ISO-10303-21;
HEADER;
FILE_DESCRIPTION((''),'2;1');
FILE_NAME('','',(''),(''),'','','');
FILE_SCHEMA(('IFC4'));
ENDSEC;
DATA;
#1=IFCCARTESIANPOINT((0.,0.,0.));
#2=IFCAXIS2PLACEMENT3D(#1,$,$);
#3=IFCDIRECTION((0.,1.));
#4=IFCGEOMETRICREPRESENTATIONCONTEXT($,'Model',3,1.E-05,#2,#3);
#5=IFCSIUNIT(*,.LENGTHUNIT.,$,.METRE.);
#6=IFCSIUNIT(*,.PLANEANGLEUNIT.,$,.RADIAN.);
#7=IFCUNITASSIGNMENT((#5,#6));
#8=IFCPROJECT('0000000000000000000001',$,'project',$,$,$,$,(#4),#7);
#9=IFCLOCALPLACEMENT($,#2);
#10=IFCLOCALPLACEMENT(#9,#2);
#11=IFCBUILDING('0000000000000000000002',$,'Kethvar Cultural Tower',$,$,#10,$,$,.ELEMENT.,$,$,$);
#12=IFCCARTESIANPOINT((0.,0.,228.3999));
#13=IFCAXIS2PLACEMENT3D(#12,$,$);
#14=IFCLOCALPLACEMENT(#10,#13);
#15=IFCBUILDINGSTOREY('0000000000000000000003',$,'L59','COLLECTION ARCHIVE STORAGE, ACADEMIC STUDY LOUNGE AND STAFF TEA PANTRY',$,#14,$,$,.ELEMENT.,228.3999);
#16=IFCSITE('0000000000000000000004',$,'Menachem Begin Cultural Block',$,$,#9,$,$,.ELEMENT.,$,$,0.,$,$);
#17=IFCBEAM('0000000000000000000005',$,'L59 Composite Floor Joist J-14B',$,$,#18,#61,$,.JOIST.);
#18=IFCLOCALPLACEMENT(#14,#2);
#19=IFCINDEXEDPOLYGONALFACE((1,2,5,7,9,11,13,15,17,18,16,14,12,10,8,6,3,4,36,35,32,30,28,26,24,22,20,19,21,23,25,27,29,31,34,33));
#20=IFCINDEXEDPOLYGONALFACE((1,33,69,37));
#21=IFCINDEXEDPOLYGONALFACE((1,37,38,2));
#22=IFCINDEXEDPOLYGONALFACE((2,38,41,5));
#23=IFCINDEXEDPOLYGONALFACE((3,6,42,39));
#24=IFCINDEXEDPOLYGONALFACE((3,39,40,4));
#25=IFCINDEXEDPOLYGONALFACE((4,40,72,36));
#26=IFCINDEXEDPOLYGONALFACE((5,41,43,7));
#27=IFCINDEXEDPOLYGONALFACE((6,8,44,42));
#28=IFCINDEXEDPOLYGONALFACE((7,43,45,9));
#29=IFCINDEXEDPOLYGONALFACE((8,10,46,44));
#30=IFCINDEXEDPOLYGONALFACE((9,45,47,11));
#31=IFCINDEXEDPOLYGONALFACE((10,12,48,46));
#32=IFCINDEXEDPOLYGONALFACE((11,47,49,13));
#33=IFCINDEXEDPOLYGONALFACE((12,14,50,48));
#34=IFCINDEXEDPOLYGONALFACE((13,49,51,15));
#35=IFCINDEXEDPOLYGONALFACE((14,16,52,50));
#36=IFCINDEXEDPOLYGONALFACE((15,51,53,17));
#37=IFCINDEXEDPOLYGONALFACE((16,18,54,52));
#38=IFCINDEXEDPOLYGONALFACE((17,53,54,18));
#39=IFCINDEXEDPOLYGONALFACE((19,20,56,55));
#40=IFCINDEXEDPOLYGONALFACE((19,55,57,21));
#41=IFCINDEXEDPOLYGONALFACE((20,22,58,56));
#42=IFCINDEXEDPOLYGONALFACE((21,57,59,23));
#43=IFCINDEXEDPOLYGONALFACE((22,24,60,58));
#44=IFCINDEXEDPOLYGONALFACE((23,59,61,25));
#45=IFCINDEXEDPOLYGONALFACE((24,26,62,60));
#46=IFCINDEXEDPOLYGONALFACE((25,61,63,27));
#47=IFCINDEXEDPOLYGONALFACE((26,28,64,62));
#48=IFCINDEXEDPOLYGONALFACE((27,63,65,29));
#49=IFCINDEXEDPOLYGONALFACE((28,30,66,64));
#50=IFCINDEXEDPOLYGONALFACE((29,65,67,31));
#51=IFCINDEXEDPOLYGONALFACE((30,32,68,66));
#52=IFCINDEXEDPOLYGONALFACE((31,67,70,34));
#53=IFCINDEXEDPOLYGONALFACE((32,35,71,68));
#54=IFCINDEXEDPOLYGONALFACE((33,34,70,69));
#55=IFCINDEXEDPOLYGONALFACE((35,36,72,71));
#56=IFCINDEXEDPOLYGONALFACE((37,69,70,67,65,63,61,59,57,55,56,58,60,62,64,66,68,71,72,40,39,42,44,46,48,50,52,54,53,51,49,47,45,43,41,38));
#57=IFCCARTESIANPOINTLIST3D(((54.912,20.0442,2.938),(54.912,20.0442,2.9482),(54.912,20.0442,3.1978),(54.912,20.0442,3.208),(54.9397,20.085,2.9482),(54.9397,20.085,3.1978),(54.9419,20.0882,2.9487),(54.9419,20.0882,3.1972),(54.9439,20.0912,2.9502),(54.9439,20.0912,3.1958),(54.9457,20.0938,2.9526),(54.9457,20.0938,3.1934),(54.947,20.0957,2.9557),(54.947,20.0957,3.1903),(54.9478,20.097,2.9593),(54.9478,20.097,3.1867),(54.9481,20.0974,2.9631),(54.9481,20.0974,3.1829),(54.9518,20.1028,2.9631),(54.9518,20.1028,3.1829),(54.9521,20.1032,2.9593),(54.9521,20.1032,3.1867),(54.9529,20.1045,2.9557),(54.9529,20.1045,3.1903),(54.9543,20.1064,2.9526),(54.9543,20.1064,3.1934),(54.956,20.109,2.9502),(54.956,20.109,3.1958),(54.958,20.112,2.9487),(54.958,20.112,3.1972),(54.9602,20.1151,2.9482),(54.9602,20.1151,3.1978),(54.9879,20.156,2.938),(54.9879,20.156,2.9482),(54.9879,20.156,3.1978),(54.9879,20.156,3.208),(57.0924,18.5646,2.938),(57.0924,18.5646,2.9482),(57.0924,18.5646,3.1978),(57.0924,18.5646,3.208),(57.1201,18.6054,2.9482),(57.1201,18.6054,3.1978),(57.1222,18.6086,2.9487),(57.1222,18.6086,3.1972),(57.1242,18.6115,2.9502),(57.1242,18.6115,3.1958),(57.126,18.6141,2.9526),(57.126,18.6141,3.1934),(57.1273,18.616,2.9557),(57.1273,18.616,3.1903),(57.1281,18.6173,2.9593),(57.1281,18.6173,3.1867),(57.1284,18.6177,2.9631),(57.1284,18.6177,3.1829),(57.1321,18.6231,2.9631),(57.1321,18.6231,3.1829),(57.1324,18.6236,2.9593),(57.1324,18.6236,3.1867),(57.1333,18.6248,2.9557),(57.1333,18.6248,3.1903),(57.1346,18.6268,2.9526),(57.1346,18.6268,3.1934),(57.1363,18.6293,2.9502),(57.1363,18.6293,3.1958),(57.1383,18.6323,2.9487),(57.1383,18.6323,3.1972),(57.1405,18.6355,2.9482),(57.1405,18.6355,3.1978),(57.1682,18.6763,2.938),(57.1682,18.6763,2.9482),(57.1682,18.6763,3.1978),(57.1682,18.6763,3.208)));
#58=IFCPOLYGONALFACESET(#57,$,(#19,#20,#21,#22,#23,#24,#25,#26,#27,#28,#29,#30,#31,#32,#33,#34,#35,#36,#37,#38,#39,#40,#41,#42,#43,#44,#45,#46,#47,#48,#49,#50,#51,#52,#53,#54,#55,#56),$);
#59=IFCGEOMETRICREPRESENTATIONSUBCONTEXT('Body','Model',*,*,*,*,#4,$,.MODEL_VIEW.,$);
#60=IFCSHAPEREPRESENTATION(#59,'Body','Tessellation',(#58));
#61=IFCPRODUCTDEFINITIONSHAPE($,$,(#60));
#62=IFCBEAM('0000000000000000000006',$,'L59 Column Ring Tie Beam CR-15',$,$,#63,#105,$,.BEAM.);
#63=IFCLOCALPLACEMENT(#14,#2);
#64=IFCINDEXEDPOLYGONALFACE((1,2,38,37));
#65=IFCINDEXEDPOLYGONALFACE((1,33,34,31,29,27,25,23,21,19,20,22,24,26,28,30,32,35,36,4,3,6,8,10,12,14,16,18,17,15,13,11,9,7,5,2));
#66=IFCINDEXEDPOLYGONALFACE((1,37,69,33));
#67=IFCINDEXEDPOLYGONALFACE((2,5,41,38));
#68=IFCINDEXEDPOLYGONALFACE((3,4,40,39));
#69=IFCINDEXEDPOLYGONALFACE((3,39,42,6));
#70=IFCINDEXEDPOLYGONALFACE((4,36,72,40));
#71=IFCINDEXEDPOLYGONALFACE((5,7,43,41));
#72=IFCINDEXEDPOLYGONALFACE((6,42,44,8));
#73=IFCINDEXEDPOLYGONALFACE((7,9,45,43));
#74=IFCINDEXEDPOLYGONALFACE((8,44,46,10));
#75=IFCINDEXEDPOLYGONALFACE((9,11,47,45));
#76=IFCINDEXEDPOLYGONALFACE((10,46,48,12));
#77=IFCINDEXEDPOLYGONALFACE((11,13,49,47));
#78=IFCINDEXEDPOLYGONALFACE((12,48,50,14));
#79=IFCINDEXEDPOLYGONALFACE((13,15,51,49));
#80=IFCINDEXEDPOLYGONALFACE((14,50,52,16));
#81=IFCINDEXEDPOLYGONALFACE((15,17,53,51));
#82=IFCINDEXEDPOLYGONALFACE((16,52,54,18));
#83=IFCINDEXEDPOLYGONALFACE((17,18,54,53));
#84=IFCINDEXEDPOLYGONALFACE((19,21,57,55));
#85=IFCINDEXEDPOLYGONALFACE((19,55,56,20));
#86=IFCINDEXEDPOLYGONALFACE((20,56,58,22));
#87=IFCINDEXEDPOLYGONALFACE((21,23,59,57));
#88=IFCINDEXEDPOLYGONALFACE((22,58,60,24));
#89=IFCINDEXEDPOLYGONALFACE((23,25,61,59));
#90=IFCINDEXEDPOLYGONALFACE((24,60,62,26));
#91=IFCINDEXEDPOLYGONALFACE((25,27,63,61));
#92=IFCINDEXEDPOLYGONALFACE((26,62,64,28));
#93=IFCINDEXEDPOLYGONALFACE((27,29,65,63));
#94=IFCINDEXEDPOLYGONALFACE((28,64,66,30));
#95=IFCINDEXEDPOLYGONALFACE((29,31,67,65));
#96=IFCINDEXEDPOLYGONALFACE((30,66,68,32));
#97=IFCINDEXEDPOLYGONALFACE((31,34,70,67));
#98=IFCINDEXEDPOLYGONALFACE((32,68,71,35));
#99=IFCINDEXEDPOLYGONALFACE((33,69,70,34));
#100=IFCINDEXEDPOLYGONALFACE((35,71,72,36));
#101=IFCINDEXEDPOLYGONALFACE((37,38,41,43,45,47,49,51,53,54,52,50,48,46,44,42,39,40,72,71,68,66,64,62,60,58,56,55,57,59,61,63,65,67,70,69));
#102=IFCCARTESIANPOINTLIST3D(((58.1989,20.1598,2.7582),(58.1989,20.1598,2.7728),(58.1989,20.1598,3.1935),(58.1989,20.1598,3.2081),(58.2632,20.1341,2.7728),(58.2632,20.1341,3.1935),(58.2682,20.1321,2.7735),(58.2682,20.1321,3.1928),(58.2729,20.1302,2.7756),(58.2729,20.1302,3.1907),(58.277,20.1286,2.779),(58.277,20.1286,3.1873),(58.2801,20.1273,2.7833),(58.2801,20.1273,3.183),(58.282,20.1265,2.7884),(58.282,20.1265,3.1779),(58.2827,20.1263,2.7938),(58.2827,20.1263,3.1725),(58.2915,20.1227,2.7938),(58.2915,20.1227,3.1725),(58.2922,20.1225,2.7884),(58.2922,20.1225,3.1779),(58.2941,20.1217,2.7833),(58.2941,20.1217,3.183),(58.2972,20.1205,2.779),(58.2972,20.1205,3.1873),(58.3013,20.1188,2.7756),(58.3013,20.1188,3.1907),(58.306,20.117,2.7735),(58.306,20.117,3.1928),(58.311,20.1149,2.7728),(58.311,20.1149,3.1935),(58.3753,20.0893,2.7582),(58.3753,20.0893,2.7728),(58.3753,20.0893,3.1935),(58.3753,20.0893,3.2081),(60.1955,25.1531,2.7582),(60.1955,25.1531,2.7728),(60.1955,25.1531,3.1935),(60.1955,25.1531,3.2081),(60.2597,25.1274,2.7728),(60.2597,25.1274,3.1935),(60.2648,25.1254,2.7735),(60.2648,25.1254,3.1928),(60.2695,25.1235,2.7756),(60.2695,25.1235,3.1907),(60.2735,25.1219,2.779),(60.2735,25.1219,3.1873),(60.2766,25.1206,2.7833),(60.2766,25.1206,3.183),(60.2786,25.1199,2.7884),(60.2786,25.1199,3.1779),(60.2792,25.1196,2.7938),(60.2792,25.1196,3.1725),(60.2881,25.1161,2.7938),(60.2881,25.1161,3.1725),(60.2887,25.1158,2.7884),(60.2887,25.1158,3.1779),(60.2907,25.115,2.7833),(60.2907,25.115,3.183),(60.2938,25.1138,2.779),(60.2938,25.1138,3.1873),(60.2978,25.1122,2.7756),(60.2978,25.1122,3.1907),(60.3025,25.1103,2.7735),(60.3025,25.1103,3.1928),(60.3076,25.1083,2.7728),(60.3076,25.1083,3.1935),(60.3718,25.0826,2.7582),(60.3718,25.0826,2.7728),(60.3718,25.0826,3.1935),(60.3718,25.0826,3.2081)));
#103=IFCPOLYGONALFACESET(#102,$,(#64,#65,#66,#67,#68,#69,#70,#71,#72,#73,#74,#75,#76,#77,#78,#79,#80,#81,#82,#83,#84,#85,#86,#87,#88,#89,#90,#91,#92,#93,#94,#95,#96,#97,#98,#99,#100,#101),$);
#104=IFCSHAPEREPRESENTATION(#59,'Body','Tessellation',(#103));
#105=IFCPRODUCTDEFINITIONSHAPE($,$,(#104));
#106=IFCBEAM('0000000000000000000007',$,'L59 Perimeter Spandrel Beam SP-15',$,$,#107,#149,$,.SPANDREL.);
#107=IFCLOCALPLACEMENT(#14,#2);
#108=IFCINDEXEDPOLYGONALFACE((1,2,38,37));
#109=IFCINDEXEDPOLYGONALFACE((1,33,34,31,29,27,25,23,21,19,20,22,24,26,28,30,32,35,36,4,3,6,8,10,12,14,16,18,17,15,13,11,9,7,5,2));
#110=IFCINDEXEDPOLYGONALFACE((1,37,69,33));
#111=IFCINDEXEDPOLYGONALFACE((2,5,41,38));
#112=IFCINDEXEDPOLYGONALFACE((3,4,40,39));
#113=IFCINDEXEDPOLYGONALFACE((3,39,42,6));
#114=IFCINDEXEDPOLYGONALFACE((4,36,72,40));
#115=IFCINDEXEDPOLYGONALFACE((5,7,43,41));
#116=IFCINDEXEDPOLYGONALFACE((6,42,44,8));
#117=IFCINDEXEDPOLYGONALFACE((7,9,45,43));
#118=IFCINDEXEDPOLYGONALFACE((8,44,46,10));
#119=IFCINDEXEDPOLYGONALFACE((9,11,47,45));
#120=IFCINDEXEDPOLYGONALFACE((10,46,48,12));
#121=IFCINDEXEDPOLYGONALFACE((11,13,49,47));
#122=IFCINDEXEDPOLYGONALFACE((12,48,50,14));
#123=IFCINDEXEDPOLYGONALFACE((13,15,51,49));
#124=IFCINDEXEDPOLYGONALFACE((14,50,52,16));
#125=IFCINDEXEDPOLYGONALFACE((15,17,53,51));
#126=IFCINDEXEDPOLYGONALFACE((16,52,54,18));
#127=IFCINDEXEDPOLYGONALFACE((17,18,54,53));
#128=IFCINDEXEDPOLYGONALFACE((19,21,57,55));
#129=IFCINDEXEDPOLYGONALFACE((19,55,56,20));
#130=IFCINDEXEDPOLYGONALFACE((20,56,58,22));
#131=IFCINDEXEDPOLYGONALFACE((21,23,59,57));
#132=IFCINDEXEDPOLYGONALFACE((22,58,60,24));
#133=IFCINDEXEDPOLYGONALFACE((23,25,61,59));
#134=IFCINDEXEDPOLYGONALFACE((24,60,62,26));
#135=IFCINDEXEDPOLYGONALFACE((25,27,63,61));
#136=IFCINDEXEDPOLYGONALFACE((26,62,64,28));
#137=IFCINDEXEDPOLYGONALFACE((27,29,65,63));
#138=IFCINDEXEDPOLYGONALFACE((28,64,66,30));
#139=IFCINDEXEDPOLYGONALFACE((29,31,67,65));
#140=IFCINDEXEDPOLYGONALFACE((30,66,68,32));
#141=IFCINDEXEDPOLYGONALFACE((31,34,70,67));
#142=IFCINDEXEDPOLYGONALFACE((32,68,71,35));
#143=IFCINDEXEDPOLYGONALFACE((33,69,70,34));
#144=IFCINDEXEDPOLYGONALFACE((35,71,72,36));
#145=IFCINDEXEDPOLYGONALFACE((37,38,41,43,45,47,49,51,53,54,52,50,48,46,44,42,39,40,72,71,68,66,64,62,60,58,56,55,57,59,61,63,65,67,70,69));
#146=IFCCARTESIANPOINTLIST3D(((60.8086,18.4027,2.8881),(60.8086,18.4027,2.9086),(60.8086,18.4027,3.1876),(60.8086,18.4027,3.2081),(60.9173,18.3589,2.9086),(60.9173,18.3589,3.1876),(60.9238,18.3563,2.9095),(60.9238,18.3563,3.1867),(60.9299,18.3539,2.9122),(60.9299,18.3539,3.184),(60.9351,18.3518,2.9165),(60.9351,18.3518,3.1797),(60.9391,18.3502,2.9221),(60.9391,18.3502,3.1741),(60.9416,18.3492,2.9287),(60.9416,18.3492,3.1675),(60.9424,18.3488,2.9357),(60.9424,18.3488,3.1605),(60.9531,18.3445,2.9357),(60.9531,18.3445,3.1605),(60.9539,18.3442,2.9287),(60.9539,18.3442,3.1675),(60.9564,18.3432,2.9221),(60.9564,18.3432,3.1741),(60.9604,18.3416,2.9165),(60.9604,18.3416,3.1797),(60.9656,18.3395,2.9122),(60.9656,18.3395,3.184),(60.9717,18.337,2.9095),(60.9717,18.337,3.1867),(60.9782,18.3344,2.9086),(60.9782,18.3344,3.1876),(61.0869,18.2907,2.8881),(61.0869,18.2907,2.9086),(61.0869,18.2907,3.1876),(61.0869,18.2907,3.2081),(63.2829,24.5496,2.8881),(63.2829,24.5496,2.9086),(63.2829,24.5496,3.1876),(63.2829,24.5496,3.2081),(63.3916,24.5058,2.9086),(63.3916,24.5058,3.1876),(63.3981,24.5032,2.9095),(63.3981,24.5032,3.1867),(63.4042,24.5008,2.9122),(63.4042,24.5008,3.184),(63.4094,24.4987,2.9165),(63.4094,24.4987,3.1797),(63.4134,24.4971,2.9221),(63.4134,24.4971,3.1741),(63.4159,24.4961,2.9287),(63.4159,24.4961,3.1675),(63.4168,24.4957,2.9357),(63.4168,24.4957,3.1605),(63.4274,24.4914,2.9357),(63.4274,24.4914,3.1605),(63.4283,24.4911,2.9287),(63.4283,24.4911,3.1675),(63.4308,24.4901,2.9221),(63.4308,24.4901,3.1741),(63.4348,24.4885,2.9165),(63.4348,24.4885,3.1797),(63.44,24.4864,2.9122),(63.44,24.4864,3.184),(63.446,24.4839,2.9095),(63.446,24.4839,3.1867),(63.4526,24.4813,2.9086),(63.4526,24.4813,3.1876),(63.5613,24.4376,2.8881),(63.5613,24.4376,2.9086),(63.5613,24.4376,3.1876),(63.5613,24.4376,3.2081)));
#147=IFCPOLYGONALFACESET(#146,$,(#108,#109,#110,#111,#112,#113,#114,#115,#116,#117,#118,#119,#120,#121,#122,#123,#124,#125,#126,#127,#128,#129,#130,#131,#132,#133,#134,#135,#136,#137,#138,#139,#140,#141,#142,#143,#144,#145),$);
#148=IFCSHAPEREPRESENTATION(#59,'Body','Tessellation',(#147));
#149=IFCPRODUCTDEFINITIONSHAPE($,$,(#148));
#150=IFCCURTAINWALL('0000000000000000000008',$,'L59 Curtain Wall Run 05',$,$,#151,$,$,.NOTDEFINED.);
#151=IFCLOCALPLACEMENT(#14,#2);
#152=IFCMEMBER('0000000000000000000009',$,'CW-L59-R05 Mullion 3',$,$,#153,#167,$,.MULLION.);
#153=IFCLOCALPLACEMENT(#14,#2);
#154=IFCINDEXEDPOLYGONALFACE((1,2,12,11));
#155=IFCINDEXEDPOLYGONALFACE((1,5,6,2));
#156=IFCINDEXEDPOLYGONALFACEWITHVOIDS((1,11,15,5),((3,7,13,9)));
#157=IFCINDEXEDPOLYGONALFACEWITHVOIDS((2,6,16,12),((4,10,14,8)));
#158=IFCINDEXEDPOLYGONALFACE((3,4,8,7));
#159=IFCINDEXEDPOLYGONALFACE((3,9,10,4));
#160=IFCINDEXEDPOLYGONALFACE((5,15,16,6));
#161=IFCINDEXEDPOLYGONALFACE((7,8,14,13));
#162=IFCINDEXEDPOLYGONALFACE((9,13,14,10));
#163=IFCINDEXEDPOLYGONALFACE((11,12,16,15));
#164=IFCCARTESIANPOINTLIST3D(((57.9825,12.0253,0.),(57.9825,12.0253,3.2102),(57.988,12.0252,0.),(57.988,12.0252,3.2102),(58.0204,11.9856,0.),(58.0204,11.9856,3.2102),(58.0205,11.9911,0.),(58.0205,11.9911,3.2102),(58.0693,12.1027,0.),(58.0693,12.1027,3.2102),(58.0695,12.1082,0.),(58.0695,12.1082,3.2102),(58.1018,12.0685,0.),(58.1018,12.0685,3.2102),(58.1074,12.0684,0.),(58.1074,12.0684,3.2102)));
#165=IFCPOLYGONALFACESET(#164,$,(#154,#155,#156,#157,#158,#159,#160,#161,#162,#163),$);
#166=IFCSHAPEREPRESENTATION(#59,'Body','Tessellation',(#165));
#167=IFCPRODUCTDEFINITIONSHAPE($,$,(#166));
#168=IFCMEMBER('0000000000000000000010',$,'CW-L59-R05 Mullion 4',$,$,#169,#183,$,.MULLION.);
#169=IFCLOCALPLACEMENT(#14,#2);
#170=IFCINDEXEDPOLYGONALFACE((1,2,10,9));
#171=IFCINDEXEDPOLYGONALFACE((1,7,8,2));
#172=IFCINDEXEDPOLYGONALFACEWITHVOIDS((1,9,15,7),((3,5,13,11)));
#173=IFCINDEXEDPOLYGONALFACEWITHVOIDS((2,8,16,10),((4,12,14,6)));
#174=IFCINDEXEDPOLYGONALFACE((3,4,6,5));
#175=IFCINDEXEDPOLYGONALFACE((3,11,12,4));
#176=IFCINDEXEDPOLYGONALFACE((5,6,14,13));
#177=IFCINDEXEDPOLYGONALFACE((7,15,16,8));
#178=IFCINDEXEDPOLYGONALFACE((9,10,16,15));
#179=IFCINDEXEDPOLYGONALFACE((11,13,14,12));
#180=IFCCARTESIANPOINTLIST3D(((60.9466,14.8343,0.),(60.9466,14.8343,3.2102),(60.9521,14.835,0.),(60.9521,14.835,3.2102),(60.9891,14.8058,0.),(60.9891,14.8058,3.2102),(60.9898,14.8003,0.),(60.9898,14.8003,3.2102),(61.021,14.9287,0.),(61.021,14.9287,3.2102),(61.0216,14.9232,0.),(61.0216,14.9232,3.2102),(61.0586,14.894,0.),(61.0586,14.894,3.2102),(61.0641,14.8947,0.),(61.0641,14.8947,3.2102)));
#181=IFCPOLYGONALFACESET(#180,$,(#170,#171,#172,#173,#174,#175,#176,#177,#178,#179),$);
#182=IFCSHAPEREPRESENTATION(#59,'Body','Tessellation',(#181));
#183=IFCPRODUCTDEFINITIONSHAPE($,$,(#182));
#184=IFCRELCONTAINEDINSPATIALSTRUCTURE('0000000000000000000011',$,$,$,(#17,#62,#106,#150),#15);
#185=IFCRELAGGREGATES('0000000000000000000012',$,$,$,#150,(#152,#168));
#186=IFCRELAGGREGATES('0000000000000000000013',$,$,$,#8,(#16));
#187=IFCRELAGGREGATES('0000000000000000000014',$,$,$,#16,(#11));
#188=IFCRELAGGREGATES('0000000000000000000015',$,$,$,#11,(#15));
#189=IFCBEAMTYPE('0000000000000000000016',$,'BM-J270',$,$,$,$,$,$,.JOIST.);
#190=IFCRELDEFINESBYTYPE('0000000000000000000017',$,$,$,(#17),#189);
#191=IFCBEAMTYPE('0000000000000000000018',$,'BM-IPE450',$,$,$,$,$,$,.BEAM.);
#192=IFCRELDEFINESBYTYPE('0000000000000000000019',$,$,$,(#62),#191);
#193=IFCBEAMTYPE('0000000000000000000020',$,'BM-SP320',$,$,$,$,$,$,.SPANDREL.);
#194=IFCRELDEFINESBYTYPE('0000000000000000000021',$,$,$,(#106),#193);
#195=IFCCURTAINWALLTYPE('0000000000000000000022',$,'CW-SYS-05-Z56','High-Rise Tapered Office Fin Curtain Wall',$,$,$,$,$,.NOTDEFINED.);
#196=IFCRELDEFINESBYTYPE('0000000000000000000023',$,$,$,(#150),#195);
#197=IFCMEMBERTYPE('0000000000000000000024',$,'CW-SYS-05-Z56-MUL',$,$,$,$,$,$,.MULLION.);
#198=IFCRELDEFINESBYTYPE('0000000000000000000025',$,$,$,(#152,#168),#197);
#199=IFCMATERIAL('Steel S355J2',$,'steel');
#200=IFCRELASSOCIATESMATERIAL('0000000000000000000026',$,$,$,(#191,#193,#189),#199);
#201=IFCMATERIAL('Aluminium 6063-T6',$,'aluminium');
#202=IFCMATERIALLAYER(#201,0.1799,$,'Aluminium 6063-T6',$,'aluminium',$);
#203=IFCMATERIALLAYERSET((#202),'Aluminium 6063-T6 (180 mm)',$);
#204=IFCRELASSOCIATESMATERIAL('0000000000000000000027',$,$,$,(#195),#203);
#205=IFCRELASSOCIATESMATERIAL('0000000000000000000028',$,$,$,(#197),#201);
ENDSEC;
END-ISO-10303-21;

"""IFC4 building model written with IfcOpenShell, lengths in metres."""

from ifc_helpers import new_model, si_unit, direction, frame, origin, origin_2d, place, context, subcontext, project, spatial, hollow_rectangle, i_section, extrude, source, transform, mapped, material, layer, layer_set, material_profile, profile_set, type_object, element, aggregate, save


model = new_model("IFC4")

# Units and contexts
model_context = context("Model", 3, precision=1e-05, world=origin(), true_north=direction((0.0, 1.0)))
body_context = subcontext(model_context, "Body", "Model", "MODEL_VIEW")
ifc_project = project(units=[si_unit("LENGTHUNIT", "METRE"), si_unit("PLANEANGLEUNIT", "RADIAN")], contexts=[model_context])

# Site, building, storey
site_placement = place(None, origin())
site = spatial("IfcSite", under=ifc_project, at=site_placement, Name="Menachem Begin Cultural Block", CompositionType="ELEMENT", RefElevation=0.0)
building_placement = place(site_placement, origin())
building = spatial("IfcBuilding", under=site, at=building_placement, Name="Kethvar Cultural Tower", CompositionType="ELEMENT")
storey_placement = place(building_placement, frame((0.0, 0.0, 228.3999)))
storey = spatial("IfcBuildingStorey", under=building, at=storey_placement, Name="L59", Description="COLLECTION ARCHIVE STORAGE, ACADEMIC STUDY LOUNGE AND STAFF TEA PANTRY", CompositionType="ELEMENT", Elevation=228.3999)

# Beams
ifc_material_1 = material(Name="Steel S355J2", Category="steel")
ifc_material_profile_1 = material_profile(ifc_material_1, i_section(OverallWidth=0.1899, OverallDepth=0.45, WebThickness=0.0095, FlangeThickness=0.0146, FilletRadius=0.021, at=origin_2d()), Name="Steel S355J2 — IPE450")
ifc_profile_set_1 = profile_set([ifc_material_profile_1], Name="Steel S355J2 — IPE450")
beam_type_1 = type_object("IfcBeamType", Name="BM-IPE450", PredefinedType="BEAM", material=ifc_profile_set_1)
ifc_material_profile_2 = material_profile(ifc_material_1, i_section(OverallWidth=0.3, OverallDepth=0.3201, WebThickness=0.0115, FlangeThickness=0.0205, FilletRadius=0.0271, at=origin_2d()), Name="Steel S355J2 — HEB320")
ifc_profile_set_2 = profile_set([ifc_material_profile_2], Name="Steel S355J2 — HEB320")
beam_type_2 = type_object("IfcBeamType", Name="BM-SP320", PredefinedType="SPANDREL", material=ifc_profile_set_2)
ifc_material_profile_3 = material_profile(ifc_material_1, i_section(OverallWidth=0.135, OverallDepth=0.27, WebThickness=0.0066, FlangeThickness=0.0103, FilletRadius=0.0149, at=origin_2d()), Name="Steel S355J2 — IPE270")
ifc_profile_set_3 = profile_set([ifc_material_profile_3], Name="Steel S355J2 — IPE270")
beam_type_3 = type_object("IfcBeamType", Name="BM-J270", PredefinedType="JOIST", material=ifc_profile_set_3)
shared_shape_1 = source(origin(), body_context, "Body", "SweptSolid", [
    extrude(i_section(OverallWidth=0.135, OverallDepth=0.27, WebThickness=0.0066, FlangeThickness=0.0103, FilletRadius=0.0149, at=origin_2d()), origin(), (0.0, 0.0, 1.0), 2.635),
])
beam_1_placement = place(storey_placement, frame((54.95, 20.1001, 3.073), z_axis=(0.827447, -0.561544, 0.0), x_axis=(0.561544, 0.827447, 0.0)))
element("IfcBeam", 1, at=beam_1_placement, inside=storey, type_object=beam_type_3, Name="L59 Composite Floor Joist J-14B", PredefinedType="JOIST", context=body_context, shape_type="MappedRepresentation", body=[
    mapped(shared_shape_1, transform((0.0, 0.0, 0.0), scale=1.0)),
])
shared_shape_2 = source(origin(), body_context, "Body", "SweptSolid", [
    extrude(i_section(OverallWidth=0.1899, OverallDepth=0.45, WebThickness=0.0095, FlangeThickness=0.0146, FilletRadius=0.021, at=origin_2d()), origin(), (0.0, 0.0, 1.0), 5.3777),
])
beam_2_placement = place(storey_placement, frame((58.2871, 20.1245, 2.9832), z_axis=(0.371265, 0.928527, 0.0), x_axis=(-0.928527, 0.371265, 0.0)))
element("IfcBeam", 2, at=beam_2_placement, inside=storey, type_object=beam_type_1, Name="L59 Column Ring Tie Beam CR-15", PredefinedType="BEAM", context=body_context, shape_type="MappedRepresentation", body=[
    mapped(shared_shape_2, transform((0.0, 0.0, 0.0), scale=1.0)),
])
shared_shape_3 = source(origin(), body_context, "Body", "SweptSolid", [
    extrude(i_section(OverallWidth=0.3, OverallDepth=0.3201, WebThickness=0.0115, FlangeThickness=0.0205, FilletRadius=0.0271, at=origin_2d()), origin(), (0.0, 0.0, 1.0), 6.6262),
])
beam_3_placement = place(storey_placement, frame((60.9478, 18.3467, 3.0481), z_axis=(0.373416, 0.927664, 0.0), x_axis=(-0.927664, 0.373416, 0.0)))
element("IfcBeam", 3, at=beam_3_placement, inside=storey, type_object=beam_type_2, Name="L59 Perimeter Spandrel Beam SP-15", PredefinedType="SPANDREL", context=body_context, shape_type="MappedRepresentation", body=[
    mapped(shared_shape_3, transform((0.0, 0.0, 0.0), scale=1.0)),
])

# Curtain wall, members
ifc_material_2 = material(Name="Aluminium 6063-T6", Category="aluminium")
ifc_layer_1 = layer(ifc_material_2, 0.1799, Name="Aluminium 6063-T6", Category="aluminium")
ifc_layer_set_1 = layer_set([ifc_layer_1], Name="Aluminium 6063-T6 (180 mm)")
curtain_wall_type = type_object("IfcCurtainWallType", Name="CW-SYS-05-Z56", Description="High-Rise Tapered Office Fin Curtain Wall", PredefinedType="NOTDEFINED", material=ifc_layer_set_1)
curtain_wall_placement = place(storey_placement, origin())
curtain_wall = element("IfcCurtainWall", 4, at=curtain_wall_placement, inside=storey, type_object=curtain_wall_type, Name="L59 Curtain Wall Run 05", PredefinedType="NOTDEFINED")
ifc_material_profile_4 = material_profile(ifc_material_2, hollow_rectangle(XDim=0.0549, YDim=0.1201, WallThickness=0.0039, at=origin_2d()), Name="Aluminium 6063-T6 — RHS120x55x4")
ifc_profile_set_4 = profile_set([ifc_material_profile_4], Name="Aluminium 6063-T6 — RHS120x55x4")
member_type_1 = type_object("IfcMemberType", Name="CW-SYS-05-Z56-MUL", PredefinedType="MULLION", material=ifc_profile_set_4)
shared_shape_4 = source(origin(), body_context, "Body", "SweptSolid", [
    extrude(hollow_rectangle(XDim=0.0549, YDim=0.1201, WallThickness=0.0039, at=origin_2d()), origin(), (0.0, 0.0, 1.0), 3.2102),
])
member_1_placement = place(storey_placement, frame((58.0449, 12.0469, 0.0), z_axis=(0.0, 0.0, 1.0), x_axis=(-0.689594, 0.724196, 0.0)))
member_1 = element("IfcMember", 5, at=member_1_placement, type_object=member_type_1, Name="CW-L59-R05 Mullion 3", PredefinedType="MULLION", context=body_context, shape_type="MappedRepresentation", body=[
    mapped(shared_shape_4, transform((0.0, 0.0, 0.0), scale=1.0)),
])
member_2_placement = place(storey_placement, frame((61.0054, 14.8645, 0.0), z_axis=(0.0, 0.0, 1.0), x_axis=(-0.785619, 0.61871, 0.0)))
member_2 = element("IfcMember", 6, at=member_2_placement, type_object=member_type_1, Name="CW-L59-R05 Mullion 4", PredefinedType="MULLION", context=body_context, shape_type="MappedRepresentation", body=[
    mapped(shared_shape_4, transform((0.0, 0.0, 0.0), scale=1.0)),
])
aggregate(curtain_wall, [member_1, member_2])

save(model, "model.ifc")
